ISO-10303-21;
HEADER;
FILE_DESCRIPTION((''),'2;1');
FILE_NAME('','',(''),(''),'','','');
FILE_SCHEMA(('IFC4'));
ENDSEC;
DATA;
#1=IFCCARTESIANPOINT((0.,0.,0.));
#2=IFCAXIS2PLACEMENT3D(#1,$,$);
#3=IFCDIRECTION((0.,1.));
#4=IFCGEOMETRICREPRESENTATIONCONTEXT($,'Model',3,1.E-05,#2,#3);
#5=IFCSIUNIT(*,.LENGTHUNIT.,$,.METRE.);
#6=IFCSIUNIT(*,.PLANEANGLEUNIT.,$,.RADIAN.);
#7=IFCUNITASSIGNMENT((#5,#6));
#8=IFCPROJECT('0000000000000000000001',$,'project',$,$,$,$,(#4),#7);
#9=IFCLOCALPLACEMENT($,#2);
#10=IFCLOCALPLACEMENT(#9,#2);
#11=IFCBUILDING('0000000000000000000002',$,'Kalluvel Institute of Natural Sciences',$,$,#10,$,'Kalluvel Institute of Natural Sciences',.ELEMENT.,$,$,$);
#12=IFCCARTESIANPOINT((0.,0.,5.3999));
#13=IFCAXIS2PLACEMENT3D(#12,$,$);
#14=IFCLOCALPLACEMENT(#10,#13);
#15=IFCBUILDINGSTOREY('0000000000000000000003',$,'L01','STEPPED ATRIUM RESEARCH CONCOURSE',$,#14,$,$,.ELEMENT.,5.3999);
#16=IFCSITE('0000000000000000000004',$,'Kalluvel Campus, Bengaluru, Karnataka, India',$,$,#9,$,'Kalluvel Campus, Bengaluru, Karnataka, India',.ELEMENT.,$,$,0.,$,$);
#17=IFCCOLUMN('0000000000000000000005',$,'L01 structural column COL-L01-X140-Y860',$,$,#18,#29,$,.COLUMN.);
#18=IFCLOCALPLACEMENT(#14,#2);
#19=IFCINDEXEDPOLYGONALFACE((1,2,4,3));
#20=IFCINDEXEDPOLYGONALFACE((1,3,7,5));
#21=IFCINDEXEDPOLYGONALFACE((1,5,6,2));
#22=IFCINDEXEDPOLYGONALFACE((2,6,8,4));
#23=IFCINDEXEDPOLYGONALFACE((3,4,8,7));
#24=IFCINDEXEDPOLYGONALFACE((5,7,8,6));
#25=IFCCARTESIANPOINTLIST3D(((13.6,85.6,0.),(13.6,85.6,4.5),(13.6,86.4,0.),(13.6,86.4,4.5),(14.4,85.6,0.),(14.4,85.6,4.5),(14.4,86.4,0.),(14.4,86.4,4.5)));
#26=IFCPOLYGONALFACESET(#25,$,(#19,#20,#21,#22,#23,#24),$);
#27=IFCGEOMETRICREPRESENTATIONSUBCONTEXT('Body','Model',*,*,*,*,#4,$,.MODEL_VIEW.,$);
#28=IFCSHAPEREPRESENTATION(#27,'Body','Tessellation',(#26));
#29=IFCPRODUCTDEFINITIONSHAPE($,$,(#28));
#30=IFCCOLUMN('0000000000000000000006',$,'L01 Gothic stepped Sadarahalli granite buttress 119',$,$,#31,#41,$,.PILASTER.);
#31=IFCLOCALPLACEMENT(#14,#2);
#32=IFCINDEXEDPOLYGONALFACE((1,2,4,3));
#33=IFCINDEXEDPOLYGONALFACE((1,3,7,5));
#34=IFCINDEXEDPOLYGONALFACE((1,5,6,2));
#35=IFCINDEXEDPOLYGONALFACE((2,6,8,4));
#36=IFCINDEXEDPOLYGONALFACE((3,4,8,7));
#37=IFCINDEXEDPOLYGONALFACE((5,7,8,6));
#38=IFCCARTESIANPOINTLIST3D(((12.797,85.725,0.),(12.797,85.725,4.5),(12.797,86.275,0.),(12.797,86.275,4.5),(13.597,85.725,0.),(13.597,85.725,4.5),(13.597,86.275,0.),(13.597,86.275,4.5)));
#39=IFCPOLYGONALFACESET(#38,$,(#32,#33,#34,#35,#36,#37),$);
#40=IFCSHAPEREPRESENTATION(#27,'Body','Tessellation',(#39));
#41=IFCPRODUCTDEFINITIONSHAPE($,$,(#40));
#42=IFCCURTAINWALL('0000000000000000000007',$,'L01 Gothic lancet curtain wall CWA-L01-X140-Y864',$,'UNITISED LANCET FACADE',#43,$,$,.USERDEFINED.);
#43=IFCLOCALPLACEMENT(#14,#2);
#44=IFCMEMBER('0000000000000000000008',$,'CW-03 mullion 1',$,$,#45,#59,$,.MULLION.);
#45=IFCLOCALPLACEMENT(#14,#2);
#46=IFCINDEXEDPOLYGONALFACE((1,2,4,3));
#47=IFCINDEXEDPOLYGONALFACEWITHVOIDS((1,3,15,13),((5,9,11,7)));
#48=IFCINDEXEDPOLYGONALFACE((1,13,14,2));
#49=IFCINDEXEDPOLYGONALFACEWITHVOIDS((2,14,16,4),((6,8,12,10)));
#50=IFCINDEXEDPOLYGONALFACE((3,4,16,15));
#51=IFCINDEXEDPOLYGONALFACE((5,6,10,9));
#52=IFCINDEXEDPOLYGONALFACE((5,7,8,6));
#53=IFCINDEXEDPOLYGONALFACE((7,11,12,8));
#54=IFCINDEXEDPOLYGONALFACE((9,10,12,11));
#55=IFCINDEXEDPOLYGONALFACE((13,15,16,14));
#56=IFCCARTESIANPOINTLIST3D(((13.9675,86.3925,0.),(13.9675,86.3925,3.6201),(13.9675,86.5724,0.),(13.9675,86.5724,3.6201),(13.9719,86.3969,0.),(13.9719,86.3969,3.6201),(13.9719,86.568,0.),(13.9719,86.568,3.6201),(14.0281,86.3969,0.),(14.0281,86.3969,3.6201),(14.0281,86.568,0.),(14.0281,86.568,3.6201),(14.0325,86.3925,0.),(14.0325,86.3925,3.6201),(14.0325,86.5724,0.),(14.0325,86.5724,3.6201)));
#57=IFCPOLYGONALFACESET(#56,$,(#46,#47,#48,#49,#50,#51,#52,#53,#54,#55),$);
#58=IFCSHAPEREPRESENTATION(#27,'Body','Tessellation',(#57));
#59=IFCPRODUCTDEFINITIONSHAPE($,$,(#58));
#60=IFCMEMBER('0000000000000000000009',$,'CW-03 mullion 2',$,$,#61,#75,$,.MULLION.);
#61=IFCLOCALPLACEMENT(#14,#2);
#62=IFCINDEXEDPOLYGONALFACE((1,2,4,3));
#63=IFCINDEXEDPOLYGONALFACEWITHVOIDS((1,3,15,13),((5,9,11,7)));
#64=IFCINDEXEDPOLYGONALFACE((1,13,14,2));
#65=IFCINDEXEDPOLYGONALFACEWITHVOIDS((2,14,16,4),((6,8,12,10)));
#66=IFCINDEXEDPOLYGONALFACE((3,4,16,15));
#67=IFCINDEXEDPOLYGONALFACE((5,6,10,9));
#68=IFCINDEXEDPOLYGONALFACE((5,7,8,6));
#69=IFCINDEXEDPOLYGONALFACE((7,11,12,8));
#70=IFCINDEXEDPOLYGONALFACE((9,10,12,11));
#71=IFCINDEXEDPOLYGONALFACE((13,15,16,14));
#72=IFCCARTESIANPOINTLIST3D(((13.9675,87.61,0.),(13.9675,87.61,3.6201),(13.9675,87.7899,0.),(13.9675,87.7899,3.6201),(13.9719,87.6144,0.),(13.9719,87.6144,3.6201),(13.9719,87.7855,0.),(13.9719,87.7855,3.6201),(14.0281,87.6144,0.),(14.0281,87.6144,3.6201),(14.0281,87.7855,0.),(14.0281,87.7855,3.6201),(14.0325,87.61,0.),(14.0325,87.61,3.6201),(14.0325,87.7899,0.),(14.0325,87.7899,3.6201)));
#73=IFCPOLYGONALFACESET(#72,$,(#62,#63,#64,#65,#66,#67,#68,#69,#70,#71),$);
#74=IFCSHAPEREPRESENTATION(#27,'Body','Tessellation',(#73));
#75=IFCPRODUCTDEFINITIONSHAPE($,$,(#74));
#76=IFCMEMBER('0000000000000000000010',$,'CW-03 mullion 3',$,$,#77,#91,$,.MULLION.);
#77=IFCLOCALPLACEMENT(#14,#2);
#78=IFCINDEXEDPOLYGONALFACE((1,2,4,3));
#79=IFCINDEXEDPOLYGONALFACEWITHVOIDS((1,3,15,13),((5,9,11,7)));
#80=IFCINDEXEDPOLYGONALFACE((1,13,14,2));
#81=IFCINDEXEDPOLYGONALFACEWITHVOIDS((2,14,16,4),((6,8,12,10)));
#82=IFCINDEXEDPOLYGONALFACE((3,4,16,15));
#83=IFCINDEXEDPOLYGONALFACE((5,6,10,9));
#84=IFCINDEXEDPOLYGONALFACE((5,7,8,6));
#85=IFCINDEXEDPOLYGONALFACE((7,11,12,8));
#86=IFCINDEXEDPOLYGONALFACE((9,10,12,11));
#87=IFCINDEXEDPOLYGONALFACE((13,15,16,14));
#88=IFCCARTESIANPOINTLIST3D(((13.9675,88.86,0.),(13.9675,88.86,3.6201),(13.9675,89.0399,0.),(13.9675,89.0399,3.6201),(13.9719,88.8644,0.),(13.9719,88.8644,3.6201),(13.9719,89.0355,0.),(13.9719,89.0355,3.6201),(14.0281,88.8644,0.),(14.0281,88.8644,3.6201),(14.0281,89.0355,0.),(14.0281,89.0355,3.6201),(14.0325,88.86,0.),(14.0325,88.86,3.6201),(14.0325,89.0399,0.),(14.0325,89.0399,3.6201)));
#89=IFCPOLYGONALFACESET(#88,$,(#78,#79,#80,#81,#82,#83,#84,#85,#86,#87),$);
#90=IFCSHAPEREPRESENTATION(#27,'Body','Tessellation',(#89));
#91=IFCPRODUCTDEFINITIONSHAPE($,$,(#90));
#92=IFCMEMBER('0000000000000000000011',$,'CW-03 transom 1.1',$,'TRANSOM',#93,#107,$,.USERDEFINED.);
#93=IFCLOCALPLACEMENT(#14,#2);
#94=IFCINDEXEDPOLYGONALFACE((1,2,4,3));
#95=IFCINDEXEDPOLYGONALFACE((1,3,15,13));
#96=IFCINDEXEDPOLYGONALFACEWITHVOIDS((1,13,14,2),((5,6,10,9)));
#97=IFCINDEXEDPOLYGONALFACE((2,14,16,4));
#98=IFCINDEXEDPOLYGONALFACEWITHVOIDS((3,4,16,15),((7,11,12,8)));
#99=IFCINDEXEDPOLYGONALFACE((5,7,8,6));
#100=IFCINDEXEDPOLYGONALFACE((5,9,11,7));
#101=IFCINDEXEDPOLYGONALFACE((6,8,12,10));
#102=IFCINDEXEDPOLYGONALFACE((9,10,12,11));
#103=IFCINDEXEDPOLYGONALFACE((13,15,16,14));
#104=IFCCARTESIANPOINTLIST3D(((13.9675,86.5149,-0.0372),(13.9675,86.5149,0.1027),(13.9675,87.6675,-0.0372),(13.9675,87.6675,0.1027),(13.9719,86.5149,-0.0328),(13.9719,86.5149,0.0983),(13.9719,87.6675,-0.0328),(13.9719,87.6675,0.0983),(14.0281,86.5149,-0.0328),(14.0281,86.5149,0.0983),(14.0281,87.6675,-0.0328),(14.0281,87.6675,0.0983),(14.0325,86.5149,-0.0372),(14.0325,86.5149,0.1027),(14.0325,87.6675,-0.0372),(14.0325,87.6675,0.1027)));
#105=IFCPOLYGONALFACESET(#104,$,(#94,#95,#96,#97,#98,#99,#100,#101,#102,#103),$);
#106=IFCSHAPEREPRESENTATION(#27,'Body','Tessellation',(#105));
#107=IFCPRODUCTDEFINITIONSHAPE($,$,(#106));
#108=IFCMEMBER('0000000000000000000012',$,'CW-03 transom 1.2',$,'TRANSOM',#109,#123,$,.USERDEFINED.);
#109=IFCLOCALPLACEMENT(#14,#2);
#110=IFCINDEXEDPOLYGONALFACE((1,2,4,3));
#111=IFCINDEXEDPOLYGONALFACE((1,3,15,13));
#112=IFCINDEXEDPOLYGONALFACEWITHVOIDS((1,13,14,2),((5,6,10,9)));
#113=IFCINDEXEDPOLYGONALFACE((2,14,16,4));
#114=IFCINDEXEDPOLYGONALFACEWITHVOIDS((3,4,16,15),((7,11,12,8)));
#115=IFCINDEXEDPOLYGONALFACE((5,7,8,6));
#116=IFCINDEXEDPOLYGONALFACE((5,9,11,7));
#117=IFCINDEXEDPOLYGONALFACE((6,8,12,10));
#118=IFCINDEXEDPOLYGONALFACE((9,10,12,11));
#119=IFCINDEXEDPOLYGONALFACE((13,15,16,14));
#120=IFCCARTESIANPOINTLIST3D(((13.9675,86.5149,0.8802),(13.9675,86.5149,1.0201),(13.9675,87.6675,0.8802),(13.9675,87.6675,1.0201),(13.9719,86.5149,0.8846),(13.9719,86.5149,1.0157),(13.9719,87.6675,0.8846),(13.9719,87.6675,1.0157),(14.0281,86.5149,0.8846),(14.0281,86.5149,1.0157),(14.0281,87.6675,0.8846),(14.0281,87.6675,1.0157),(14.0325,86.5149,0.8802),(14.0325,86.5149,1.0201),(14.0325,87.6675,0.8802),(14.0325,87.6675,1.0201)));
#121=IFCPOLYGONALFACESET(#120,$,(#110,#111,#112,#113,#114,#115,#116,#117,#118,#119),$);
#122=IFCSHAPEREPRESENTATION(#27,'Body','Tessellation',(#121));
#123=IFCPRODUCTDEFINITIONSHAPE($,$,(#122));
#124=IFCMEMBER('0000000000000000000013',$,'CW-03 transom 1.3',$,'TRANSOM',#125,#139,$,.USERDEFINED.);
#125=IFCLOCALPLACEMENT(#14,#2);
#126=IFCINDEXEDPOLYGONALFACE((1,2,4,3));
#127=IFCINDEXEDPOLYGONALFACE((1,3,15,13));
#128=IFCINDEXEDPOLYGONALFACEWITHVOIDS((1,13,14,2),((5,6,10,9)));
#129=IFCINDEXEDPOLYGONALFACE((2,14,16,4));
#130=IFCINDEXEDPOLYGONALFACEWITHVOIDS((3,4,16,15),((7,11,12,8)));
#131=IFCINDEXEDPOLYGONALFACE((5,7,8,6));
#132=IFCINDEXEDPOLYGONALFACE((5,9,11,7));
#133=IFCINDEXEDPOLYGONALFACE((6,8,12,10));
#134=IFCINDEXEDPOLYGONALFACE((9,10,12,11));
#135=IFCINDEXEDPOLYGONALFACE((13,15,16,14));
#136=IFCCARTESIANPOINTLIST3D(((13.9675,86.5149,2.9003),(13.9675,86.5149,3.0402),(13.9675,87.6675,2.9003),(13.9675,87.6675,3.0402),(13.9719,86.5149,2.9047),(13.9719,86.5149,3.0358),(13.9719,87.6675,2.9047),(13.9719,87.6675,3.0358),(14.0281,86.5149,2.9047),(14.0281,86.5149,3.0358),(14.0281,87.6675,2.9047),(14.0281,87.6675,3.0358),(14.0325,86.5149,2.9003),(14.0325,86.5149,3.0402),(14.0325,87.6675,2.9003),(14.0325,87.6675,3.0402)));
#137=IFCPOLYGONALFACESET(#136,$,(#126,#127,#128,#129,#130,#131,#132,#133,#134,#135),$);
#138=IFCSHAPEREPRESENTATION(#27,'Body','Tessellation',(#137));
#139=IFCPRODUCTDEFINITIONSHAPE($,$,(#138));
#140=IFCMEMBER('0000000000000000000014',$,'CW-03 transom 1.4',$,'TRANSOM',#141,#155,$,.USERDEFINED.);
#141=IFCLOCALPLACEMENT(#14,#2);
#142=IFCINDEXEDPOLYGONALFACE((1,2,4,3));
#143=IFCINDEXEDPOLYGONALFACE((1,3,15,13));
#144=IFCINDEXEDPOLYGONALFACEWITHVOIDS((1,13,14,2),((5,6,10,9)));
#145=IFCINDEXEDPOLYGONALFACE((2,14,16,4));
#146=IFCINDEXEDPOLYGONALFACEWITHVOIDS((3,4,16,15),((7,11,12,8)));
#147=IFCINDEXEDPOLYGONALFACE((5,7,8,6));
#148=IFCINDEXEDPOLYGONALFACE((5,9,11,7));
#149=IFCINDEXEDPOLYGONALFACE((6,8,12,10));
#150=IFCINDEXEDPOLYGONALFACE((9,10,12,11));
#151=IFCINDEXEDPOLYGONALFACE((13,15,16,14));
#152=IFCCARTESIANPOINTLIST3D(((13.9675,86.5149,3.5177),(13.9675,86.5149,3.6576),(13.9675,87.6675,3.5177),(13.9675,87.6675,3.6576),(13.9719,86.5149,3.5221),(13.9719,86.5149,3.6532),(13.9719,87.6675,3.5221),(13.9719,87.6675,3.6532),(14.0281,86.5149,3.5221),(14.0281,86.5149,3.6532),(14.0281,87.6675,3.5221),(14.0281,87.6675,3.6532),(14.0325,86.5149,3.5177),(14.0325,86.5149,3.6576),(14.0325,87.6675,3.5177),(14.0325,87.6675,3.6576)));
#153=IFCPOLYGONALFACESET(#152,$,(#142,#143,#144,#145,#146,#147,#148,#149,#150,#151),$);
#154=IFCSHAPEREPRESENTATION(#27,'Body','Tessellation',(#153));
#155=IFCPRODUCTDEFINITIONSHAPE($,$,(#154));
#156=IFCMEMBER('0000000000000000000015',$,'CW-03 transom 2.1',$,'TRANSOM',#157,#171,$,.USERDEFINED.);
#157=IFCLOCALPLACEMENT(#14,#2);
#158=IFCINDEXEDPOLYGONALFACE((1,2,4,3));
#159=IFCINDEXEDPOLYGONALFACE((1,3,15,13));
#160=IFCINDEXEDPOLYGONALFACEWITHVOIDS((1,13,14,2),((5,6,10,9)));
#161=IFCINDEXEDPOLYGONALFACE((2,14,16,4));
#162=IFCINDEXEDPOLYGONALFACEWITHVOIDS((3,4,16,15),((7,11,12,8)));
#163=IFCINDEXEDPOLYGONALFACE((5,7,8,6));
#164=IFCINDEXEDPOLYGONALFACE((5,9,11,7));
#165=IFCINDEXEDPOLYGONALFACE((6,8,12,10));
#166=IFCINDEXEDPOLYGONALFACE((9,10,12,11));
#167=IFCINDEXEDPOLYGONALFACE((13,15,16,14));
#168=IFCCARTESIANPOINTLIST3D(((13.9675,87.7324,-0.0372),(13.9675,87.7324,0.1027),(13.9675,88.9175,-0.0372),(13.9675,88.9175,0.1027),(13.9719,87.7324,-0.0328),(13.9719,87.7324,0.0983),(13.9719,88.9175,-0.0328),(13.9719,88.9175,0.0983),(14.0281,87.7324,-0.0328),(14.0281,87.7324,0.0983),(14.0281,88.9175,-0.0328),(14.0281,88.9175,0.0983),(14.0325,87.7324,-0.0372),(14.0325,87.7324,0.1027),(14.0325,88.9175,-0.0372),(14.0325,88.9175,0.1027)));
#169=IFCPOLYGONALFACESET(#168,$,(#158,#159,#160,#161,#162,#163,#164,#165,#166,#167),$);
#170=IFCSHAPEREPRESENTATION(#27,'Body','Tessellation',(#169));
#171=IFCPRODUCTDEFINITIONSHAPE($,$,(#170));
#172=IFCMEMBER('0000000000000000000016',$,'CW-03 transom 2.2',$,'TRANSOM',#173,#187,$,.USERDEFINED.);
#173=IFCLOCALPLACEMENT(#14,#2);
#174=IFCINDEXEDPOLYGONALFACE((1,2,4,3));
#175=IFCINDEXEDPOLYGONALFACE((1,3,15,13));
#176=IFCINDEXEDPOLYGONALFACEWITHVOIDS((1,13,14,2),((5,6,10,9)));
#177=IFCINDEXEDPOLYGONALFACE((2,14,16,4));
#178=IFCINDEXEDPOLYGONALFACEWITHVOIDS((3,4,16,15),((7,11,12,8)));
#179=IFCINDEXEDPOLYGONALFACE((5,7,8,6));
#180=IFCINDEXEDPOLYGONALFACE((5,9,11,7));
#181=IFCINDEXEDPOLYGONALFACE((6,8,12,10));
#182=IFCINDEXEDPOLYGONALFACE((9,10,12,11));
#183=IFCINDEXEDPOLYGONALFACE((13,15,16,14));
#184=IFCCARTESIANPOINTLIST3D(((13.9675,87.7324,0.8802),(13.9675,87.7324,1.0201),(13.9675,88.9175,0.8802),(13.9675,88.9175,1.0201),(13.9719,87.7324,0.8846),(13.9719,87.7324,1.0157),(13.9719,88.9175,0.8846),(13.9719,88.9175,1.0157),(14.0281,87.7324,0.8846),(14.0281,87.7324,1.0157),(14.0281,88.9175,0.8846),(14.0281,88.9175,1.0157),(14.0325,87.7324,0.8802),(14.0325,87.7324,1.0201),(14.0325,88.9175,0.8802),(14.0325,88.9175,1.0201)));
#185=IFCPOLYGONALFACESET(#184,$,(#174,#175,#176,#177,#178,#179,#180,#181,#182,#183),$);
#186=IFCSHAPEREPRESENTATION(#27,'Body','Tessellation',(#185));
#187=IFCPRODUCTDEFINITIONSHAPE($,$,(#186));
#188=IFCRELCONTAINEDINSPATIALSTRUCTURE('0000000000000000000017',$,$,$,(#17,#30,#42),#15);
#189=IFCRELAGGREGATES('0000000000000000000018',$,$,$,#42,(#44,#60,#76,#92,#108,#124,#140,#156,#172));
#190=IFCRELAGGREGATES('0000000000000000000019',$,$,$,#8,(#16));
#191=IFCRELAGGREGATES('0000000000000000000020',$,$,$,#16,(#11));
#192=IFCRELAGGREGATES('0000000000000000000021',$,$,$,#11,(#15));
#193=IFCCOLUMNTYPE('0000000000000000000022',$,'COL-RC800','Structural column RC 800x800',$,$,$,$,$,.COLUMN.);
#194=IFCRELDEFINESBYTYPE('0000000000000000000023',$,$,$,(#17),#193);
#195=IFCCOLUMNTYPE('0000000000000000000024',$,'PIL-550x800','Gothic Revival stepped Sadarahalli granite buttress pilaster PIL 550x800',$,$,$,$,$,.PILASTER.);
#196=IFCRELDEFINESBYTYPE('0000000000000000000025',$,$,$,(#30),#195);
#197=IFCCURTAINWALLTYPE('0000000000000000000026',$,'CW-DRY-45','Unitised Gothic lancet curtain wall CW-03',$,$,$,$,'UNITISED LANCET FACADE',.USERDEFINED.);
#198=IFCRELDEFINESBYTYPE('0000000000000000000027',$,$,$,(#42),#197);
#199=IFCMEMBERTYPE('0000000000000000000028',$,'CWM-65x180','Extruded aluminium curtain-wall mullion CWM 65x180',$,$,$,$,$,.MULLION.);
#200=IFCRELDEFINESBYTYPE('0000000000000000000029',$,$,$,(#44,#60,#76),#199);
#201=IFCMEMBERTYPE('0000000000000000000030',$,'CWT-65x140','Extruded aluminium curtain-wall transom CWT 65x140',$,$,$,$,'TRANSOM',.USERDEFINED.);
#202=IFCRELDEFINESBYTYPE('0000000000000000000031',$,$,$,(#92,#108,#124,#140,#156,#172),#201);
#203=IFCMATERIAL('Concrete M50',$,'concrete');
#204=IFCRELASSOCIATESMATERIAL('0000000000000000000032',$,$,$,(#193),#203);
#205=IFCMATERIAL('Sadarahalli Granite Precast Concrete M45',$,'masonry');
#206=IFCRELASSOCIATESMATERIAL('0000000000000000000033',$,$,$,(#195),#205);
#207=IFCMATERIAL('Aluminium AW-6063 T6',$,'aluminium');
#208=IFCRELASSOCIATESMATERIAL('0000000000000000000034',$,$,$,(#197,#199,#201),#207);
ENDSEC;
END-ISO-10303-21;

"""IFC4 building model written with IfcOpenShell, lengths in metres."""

from ifc_helpers import new_model, si_unit, direction, frame, origin, origin_2d, place, context, subcontext, project, spatial, rectangle, hollow_rectangle, extrude, material, material_profile, profile_set, type_object, element, aggregate, save


model = new_model("IFC4")

# Units and contexts
model_context = context("Model", 3, precision=1e-05, world=origin(), true_north=direction((0.0, 1.0)))
body_context = subcontext(model_context, "Body", "Model", "MODEL_VIEW")
ifc_project = project(units=[si_unit("LENGTHUNIT", "METRE"), si_unit("PLANEANGLEUNIT", "RADIAN")], contexts=[model_context])

# Site, building, storey
site_placement = place(None, origin())
site = spatial("IfcSite", under=ifc_project, at=site_placement, Name="Kalluvel Campus, Bengaluru, Karnataka, India", LongName="Kalluvel Campus, Bengaluru, Karnataka, India", CompositionType="ELEMENT", RefElevation=0.0)
building_placement = place(site_placement, origin())
building = spatial("IfcBuilding", under=site, at=building_placement, Name="Kalluvel Institute of Natural Sciences", LongName="Kalluvel Institute of Natural Sciences", CompositionType="ELEMENT")
storey_placement = place(building_placement, frame((0.0, 0.0, 5.3999)))
storey = spatial("IfcBuildingStorey", under=building, at=storey_placement, Name="L01", Description="STEPPED ATRIUM RESEARCH CONCOURSE", CompositionType="ELEMENT", Elevation=5.3999)

# Columns
ifc_material_1 = material(Name="Concrete M50", Category="concrete")
ifc_material_profile_1 = material_profile(ifc_material_1, rectangle(XDim=0.8, YDim=0.8, at=origin_2d()), Name="RC 800x800")
ifc_profile_set_1 = profile_set([ifc_material_profile_1], Name="Concrete M50")
column_type_1 = type_object("IfcColumnType", Name="COL-RC800", Description="Structural column RC 800x800", PredefinedType="COLUMN", material=ifc_profile_set_1)
column_1_placement = place(storey_placement, frame((14.0, 86.0, 0.0), z_axis=(0.0, 0.0, 1.0), x_axis=(1.0, 0.0, 0.0)))
element("IfcColumn", 1, at=column_1_placement, inside=storey, type_object=column_type_1, Name="L01 structural column COL-L01-X140-Y860", PredefinedType="COLUMN", context=body_context, shape_type="SweptSolid", body=[
    extrude(rectangle(XDim=0.8, YDim=0.8, at=origin_2d()), origin(), (0.0, 0.0, 1.0), 4.5),
])
ifc_material_2 = material(Name="Sadarahalli Granite Precast Concrete M45", Category="masonry")
ifc_material_profile_2 = material_profile(ifc_material_2, rectangle(XDim=0.55, YDim=0.8, at=origin_2d()), Name="PIL 550x800")
ifc_profile_set_2 = profile_set([ifc_material_profile_2], Name="Sadarahalli Granite Precast Concrete M45")
column_type_2 = type_object("IfcColumnType", Name="PIL-550x800", Description="Gothic Revival stepped Sadarahalli granite buttress pilaster PIL 550x800", PredefinedType="PILASTER", material=ifc_profile_set_2)
column_2_placement = place(storey_placement, frame((13.197, 86.0, 0.0), z_axis=(0.0, 0.0, 1.0), x_axis=(0.0, 1.0, 0.0)))
element("IfcColumn", 2, at=column_2_placement, inside=storey, type_object=column_type_2, Name="L01 Gothic stepped Sadarahalli granite buttress 119", PredefinedType="PILASTER", context=body_context, shape_type="SweptSolid", body=[
    extrude(rectangle(XDim=0.55, YDim=0.8, at=origin_2d()), origin(), (0.0, 0.0, 1.0), 4.5),
])

# Curtain wall, members
ifc_material_3 = material(Name="Aluminium AW-6063 T6", Category="aluminium")
curtain_wall_type = type_object("IfcCurtainWallType", Name="CW-DRY-45", Description="Unitised Gothic lancet curtain wall CW-03", ElementType="UNITISED LANCET FACADE", PredefinedType="USERDEFINED", material=ifc_material_3)
curtain_wall_placement = place(storey_placement, origin())
curtain_wall = element("IfcCurtainWall", 3, at=curtain_wall_placement, inside=storey, type_object=curtain_wall_type, Name="L01 Gothic lancet curtain wall CWA-L01-X140-Y864", ObjectType="UNITISED LANCET FACADE", PredefinedType="USERDEFINED")
ifc_material_profile_3 = material_profile(ifc_material_3, hollow_rectangle(XDim=0.0649, YDim=0.1799, WallThickness=0.0044, at=origin_2d()), Name="CWM 65x180")
ifc_profile_set_3 = profile_set([ifc_material_profile_3], Name="Aluminium AW-6063 T6")
member_type_1 = type_object("IfcMemberType", Name="CWM-65x180", Description="Extruded aluminium curtain-wall mullion CWM 65x180", PredefinedType="MULLION", material=ifc_profile_set_3)
member_1_placement = place(storey_placement, frame((14.0, 86.4824, 0.0), z_axis=(0.0, 0.0, 1.0), x_axis=(-1.0, 0.0, 0.0)))
member_1 = element("IfcMember", 4, at=member_1_placement, type_object=member_type_1, Name="CW-03 mullion 1", PredefinedType="MULLION", context=body_context, shape_type="SweptSolid", body=[
    extrude(hollow_rectangle(XDim=0.0649, YDim=0.1799, WallThickness=0.0044, at=origin_2d()), origin(), (0.0, 0.0, 1.0), 3.6201),
])
member_2_placement = place(storey_placement, frame((14.0, 87.7, 0.0), z_axis=(0.0, 0.0, 1.0), x_axis=(-1.0, 0.0, 0.0)))
member_2 = element("IfcMember", 5, at=member_2_placement, type_object=member_type_1, Name="CW-03 mullion 2", PredefinedType="MULLION", context=body_context, shape_type="SweptSolid", body=[
    extrude(hollow_rectangle(XDim=0.0649, YDim=0.1799, WallThickness=0.0044, at=origin_2d()), origin(), (0.0, 0.0, 1.0), 3.6201),
])
member_3_placement = place(storey_placement, frame((14.0, 88.95, 0.0), z_axis=(0.0, 0.0, 1.0), x_axis=(-1.0, 0.0, 0.0)))
member_3 = element("IfcMember", 6, at=member_3_placement, type_object=member_type_1, Name="CW-03 mullion 3", PredefinedType="MULLION", context=body_context, shape_type="SweptSolid", body=[
    extrude(hollow_rectangle(XDim=0.0649, YDim=0.1799, WallThickness=0.0044, at=origin_2d()), origin(), (0.0, 0.0, 1.0), 3.6201),
])
ifc_material_profile_4 = material_profile(ifc_material_3, hollow_rectangle(XDim=0.0649, YDim=0.1399, WallThickness=0.0044, at=origin_2d()), Name="CWT 65x140")
ifc_profile_set_4 = profile_set([ifc_material_profile_4], Name="Aluminium AW-6063 T6")
member_type_2 = type_object("IfcMemberType", Name="CWT-65x140", Description="Extruded aluminium curtain-wall transom CWT 65x140", ElementType="TRANSOM", PredefinedType="USERDEFINED", material=ifc_profile_set_4)
member_4_placement = place(storey_placement, frame((14.0, 86.5149, 0.0327), z_axis=(0.0, 1.0, 0.0), x_axis=(-1.0, 0.0, 0.0)))
member_4 = element("IfcMember", 7, at=member_4_placement, type_object=member_type_2, Name="CW-03 transom 1.1", ObjectType="TRANSOM", PredefinedType="USERDEFINED", context=body_context, shape_type="SweptSolid", body=[
    extrude(hollow_rectangle(XDim=0.0649, YDim=0.1399, WallThickness=0.0044, at=origin_2d()), origin(), (0.0, 0.0, 1.0), 1.1526),
])
member_5_placement = place(storey_placement, frame((14.0, 86.5149, 0.9502), z_axis=(0.0, 1.0, 0.0), x_axis=(-1.0, 0.0, 0.0)))
member_5 = element("IfcMember", 8, at=member_5_placement, type_object=member_type_2, Name="CW-03 transom 1.2", ObjectType="TRANSOM", PredefinedType="USERDEFINED", context=body_context, shape_type="SweptSolid", body=[
    extrude(hollow_rectangle(XDim=0.0649, YDim=0.1399, WallThickness=0.0044, at=origin_2d()), origin(), (0.0, 0.0, 1.0), 1.1526),
])
member_6_placement = place(storey_placement, frame((14.0, 86.5149, 2.9702), z_axis=(0.0, 1.0, 0.0), x_axis=(-1.0, 0.0, 0.0)))
member_6 = element("IfcMember", 9, at=member_6_placement, type_object=member_type_2, Name="CW-03 transom 1.3", ObjectType="TRANSOM", PredefinedType="USERDEFINED", context=body_context, shape_type="SweptSolid", body=[
    extrude(hollow_rectangle(XDim=0.0649, YDim=0.1399, WallThickness=0.0044, at=origin_2d()), origin(), (0.0, 0.0, 1.0), 1.1526),
])
member_7_placement = place(storey_placement, frame((14.0, 86.5149, 3.5876), z_axis=(0.0, 1.0, 0.0), x_axis=(-1.0, 0.0, 0.0)))
member_7 = element("IfcMember", 10, at=member_7_placement, type_object=member_type_2, Name="CW-03 transom 1.4", ObjectType="TRANSOM", PredefinedType="USERDEFINED", context=body_context, shape_type="SweptSolid", body=[
    extrude(hollow_rectangle(XDim=0.0649, YDim=0.1399, WallThickness=0.0044, at=origin_2d()), origin(), (0.0, 0.0, 1.0), 1.1526),
])
member_8_placement = place(storey_placement, frame((14.0, 87.7324, 0.0327), z_axis=(0.0, 1.0, 0.0), x_axis=(-1.0, 0.0, 0.0)))
member_8 = element("IfcMember", 11, at=member_8_placement, type_object=member_type_2, Name="CW-03 transom 2.1", ObjectType="TRANSOM", PredefinedType="USERDEFINED", context=body_context, shape_type="SweptSolid", body=[
    extrude(hollow_rectangle(XDim=0.0649, YDim=0.1399, WallThickness=0.0044, at=origin_2d()), origin(), (0.0, 0.0, 1.0), 1.1851),
])
member_9_placement = place(storey_placement, frame((14.0, 87.7324, 0.9502), z_axis=(0.0, 1.0, 0.0), x_axis=(-1.0, 0.0, 0.0)))
member_9 = element("IfcMember", 12, at=member_9_placement, type_object=member_type_2, Name="CW-03 transom 2.2", ObjectType="TRANSOM", PredefinedType="USERDEFINED", context=body_context, shape_type="SweptSolid", body=[
    extrude(hollow_rectangle(XDim=0.0649, YDim=0.1399, WallThickness=0.0044, at=origin_2d()), origin(), (0.0, 0.0, 1.0), 1.1851),
])

aggregate(curtain_wall, [member_1, member_2, member_3, member_4, member_5, member_6, member_7, member_8, member_9])

save(model, "model.ifc")
